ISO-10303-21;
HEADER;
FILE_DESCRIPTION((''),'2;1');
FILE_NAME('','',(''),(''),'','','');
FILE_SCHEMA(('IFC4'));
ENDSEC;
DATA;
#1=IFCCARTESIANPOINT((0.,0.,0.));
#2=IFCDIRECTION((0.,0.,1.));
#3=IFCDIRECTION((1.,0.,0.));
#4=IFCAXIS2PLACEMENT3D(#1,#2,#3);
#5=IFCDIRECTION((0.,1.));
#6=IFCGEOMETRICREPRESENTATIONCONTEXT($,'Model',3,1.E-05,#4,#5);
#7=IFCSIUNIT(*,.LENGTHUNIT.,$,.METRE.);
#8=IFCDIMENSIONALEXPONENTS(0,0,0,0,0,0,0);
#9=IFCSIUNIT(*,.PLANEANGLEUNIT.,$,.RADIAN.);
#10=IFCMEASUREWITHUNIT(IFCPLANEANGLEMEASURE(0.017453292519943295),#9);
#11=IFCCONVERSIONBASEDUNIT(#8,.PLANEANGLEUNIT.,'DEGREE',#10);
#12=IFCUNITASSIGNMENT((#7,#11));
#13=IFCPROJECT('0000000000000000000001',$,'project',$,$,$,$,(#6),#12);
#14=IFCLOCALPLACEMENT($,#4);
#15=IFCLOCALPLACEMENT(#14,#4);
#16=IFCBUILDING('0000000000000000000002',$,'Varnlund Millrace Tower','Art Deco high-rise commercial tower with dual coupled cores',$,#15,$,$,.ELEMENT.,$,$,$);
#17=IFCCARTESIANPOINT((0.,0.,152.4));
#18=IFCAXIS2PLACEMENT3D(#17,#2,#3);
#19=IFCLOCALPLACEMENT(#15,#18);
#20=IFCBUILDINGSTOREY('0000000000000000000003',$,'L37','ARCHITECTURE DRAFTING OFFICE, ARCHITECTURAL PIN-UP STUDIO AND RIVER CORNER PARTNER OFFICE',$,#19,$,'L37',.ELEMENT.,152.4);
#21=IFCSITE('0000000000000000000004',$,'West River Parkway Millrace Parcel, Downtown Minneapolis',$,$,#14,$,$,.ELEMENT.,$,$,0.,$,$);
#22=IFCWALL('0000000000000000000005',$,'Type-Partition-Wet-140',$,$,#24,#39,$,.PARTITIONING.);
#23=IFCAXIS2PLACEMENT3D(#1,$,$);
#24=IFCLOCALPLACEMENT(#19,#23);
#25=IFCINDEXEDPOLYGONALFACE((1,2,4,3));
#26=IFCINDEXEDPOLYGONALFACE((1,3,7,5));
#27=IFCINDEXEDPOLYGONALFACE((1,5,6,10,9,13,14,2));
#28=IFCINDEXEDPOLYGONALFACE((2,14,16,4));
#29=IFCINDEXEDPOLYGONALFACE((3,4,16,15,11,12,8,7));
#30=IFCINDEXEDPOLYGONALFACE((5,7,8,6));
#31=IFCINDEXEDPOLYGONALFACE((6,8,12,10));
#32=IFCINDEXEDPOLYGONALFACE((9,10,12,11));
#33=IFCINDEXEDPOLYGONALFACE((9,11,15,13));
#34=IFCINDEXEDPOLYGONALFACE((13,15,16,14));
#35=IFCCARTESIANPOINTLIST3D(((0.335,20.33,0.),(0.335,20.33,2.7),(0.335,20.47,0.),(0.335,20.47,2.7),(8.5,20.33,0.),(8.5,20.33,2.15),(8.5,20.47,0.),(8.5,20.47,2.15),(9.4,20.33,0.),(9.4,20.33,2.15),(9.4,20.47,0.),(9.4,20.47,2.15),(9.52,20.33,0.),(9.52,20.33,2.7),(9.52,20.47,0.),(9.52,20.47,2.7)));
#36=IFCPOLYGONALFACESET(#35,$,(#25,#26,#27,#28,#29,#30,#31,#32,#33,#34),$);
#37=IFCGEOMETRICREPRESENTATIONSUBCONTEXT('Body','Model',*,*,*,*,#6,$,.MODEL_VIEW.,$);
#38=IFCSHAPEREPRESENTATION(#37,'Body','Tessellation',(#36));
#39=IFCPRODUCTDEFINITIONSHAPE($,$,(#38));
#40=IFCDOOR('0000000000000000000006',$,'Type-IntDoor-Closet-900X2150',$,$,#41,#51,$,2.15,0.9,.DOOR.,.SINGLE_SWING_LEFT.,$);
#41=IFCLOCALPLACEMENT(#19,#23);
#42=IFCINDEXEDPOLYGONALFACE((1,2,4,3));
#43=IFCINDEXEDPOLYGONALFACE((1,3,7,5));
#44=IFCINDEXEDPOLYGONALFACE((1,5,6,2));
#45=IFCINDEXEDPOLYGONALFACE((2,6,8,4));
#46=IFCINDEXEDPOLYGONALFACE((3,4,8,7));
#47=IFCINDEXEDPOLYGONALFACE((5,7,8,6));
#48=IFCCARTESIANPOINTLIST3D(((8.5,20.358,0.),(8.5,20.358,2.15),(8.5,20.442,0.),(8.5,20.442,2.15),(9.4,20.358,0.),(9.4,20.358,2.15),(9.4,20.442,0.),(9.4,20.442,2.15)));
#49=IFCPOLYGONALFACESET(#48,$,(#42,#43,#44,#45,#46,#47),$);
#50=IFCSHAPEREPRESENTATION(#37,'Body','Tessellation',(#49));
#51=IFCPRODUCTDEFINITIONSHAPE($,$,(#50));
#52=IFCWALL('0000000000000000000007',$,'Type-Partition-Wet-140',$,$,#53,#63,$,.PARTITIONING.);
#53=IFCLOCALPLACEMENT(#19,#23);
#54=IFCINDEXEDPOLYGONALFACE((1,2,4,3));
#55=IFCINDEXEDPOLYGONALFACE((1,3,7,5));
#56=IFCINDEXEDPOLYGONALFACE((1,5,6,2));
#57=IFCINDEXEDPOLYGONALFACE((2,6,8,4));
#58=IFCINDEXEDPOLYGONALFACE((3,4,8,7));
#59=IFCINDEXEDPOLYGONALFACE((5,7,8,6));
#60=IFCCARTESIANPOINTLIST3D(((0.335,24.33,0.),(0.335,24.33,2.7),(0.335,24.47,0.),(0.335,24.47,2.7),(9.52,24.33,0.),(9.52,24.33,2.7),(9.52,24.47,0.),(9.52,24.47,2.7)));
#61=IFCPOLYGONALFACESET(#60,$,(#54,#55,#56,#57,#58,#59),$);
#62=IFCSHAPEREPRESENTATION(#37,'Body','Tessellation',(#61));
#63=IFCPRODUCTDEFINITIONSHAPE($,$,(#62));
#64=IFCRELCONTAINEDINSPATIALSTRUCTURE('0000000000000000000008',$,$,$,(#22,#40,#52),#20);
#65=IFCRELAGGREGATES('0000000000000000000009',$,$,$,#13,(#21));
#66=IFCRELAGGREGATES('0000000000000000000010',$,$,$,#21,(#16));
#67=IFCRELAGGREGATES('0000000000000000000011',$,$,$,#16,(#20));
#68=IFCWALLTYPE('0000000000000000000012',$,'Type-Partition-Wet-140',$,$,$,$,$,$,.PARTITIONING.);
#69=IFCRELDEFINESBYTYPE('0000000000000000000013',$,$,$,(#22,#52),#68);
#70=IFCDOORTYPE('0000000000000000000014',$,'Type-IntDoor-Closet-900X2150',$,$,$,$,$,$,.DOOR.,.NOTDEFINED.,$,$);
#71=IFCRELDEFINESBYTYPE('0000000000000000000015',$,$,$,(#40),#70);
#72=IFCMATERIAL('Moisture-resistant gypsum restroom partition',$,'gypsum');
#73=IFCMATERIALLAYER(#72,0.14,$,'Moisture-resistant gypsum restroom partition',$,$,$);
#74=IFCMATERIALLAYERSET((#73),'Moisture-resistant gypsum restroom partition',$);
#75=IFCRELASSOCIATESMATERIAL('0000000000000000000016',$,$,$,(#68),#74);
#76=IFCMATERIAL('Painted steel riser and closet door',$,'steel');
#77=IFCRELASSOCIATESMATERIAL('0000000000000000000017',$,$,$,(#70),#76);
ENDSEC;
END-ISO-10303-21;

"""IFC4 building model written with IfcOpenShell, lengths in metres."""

from ifc_helpers import new_model, entity, si_unit, converted_unit, direction, frame, origin_with_axes, origin_2d_with_axis, place, context, subcontext, project, spatial, polyline, rectangle, outline, extrude, material, layer, layer_set, type_object, element, fill, save


model = new_model("IFC4")

# Units and contexts
model_context = context("Model", 3, precision=1e-05, world=origin_with_axes(), true_north=direction((0.0, 1.0)))
body_context = subcontext(model_context, "Body", "Model", "MODEL_VIEW")
ifc_project = project(units=[si_unit("LENGTHUNIT", "METRE"), converted_unit("PLANEANGLEUNIT", "DEGREE", entity("IfcPlaneAngleMeasure", 0.017453292519943295), si_unit("PLANEANGLEUNIT", "RADIAN"), dimensions=[0, 0, 0, 0, 0, 0, 0])], contexts=[model_context])

# Site, building, storey
site_placement = place(None, origin_with_axes())
site = spatial("IfcSite", under=ifc_project, at=site_placement, Name="West River Parkway Millrace Parcel, Downtown Minneapolis", CompositionType="ELEMENT", RefElevation=0.0)
building_placement = place(site_placement, origin_with_axes())
building = spatial("IfcBuilding", under=site, at=building_placement, Name="Varnlund Millrace Tower", Description="Art Deco high-rise commercial tower with dual coupled cores", CompositionType="ELEMENT")
storey_placement = place(building_placement, frame((0.0, 0.0, 152.4), z_axis=(0.0, 0.0, 1.0), x_axis=(1.0, 0.0, 0.0)))
storey = spatial("IfcBuildingStorey", under=building, at=storey_placement, Name="L37", Description="ARCHITECTURE DRAFTING OFFICE, ARCHITECTURAL PIN-UP STUDIO AND RIVER CORNER PARTNER OFFICE", LongName="L37", CompositionType="ELEMENT", Elevation=152.4)

# Shared definitions
ifc_material_1 = material(Name="Moisture-resistant gypsum restroom partition", Category="gypsum")
ifc_layer_1 = layer(ifc_material_1, 0.14, Name="Moisture-resistant gypsum restroom partition")
ifc_layer_set_1 = layer_set([ifc_layer_1], Name="Moisture-resistant gypsum restroom partition")
wall_type_1 = type_object("IfcWallType", Name="Type-Partition-Wet-140", PredefinedType="PARTITIONING", material=ifc_layer_set_1)

# Wall, opening, door
ifc_material_2 = material(Name="Painted steel riser and closet door", Category="steel")
door_type_1 = type_object("IfcDoorType", Name="Type-IntDoor-Closet-900X2150", OperationType="NOTDEFINED", PredefinedType="DOOR", material=ifc_material_2)
wall_1_placement = place(storey_placement, frame((0.335, 20.4, 0.0), z_axis=(0.0, 0.0, 1.0), x_axis=(1.0, 0.0, 0.0)))
wall_1 = element("IfcWall", 1, at=wall_1_placement, inside=storey, type_object=wall_type_1, Name="Type-Partition-Wet-140", PredefinedType="PARTITIONING", context=body_context, shape_type="SweptSolid", body=[
    extrude(outline(polyline([(0.0, -0.07), (9.185, -0.07), (9.185, 0.07), (0.0, 0.07), (0.0, -0.07)])), origin_with_axes(), (0.0, 0.0, 1.0), 2.7),
])
opening_1_placement = place(wall_1_placement, frame((8.615, 0.0, 0.0), z_axis=(0.0, 0.0, 1.0), x_axis=(1.0, 0.0, 0.0)))
opening_1 = element("IfcOpeningElement", 2, at=opening_1_placement, cuts=wall_1, PredefinedType="OPENING", context=body_context, shape_type="SweptSolid", body=[
    extrude(rectangle(XDim=0.9, YDim=0.16, at=origin_2d_with_axis()), origin_with_axes(), (0.0, 0.0, 1.0), 2.15),
])
door_1_placement = place(wall_1_placement, frame((8.615, 0.0, 0.0), z_axis=(0.0, 0.0, 1.0), x_axis=(1.0, 0.0, 0.0)))
door_1 = element("IfcDoor", 3, at=door_1_placement, inside=storey, type_object=door_type_1, Name="Type-IntDoor-Closet-900X2150", OperationType="SINGLE_SWING_LEFT", OverallHeight=2.15, OverallWidth=0.9, PredefinedType="DOOR", context=body_context, shape_type="SweptSolid", body=[
    extrude(rectangle(XDim=0.9, YDim=0.084, at=origin_2d_with_axis()), origin_with_axes(), (0.0, 0.0, 1.0), 2.15),
])
fill(opening_1, door_1)

# Wall
wall_2_placement = place(storey_placement, frame((0.335, 24.4, 0.0), z_axis=(0.0, 0.0, 1.0), x_axis=(1.0, 0.0, 0.0)))
element("IfcWall", 4, at=wall_2_placement, inside=storey, type_object=wall_type_1, Name="Type-Partition-Wet-140", PredefinedType="PARTITIONING", context=body_context, shape_type="SweptSolid", body=[
    extrude(outline(polyline([(0.0, -0.07), (9.185, -0.07), (9.185, 0.07), (0.0, 0.07), (0.0, -0.07)])), origin_with_axes(), (0.0, 0.0, 1.0), 2.7),
])

save(model, "model.ifc")
